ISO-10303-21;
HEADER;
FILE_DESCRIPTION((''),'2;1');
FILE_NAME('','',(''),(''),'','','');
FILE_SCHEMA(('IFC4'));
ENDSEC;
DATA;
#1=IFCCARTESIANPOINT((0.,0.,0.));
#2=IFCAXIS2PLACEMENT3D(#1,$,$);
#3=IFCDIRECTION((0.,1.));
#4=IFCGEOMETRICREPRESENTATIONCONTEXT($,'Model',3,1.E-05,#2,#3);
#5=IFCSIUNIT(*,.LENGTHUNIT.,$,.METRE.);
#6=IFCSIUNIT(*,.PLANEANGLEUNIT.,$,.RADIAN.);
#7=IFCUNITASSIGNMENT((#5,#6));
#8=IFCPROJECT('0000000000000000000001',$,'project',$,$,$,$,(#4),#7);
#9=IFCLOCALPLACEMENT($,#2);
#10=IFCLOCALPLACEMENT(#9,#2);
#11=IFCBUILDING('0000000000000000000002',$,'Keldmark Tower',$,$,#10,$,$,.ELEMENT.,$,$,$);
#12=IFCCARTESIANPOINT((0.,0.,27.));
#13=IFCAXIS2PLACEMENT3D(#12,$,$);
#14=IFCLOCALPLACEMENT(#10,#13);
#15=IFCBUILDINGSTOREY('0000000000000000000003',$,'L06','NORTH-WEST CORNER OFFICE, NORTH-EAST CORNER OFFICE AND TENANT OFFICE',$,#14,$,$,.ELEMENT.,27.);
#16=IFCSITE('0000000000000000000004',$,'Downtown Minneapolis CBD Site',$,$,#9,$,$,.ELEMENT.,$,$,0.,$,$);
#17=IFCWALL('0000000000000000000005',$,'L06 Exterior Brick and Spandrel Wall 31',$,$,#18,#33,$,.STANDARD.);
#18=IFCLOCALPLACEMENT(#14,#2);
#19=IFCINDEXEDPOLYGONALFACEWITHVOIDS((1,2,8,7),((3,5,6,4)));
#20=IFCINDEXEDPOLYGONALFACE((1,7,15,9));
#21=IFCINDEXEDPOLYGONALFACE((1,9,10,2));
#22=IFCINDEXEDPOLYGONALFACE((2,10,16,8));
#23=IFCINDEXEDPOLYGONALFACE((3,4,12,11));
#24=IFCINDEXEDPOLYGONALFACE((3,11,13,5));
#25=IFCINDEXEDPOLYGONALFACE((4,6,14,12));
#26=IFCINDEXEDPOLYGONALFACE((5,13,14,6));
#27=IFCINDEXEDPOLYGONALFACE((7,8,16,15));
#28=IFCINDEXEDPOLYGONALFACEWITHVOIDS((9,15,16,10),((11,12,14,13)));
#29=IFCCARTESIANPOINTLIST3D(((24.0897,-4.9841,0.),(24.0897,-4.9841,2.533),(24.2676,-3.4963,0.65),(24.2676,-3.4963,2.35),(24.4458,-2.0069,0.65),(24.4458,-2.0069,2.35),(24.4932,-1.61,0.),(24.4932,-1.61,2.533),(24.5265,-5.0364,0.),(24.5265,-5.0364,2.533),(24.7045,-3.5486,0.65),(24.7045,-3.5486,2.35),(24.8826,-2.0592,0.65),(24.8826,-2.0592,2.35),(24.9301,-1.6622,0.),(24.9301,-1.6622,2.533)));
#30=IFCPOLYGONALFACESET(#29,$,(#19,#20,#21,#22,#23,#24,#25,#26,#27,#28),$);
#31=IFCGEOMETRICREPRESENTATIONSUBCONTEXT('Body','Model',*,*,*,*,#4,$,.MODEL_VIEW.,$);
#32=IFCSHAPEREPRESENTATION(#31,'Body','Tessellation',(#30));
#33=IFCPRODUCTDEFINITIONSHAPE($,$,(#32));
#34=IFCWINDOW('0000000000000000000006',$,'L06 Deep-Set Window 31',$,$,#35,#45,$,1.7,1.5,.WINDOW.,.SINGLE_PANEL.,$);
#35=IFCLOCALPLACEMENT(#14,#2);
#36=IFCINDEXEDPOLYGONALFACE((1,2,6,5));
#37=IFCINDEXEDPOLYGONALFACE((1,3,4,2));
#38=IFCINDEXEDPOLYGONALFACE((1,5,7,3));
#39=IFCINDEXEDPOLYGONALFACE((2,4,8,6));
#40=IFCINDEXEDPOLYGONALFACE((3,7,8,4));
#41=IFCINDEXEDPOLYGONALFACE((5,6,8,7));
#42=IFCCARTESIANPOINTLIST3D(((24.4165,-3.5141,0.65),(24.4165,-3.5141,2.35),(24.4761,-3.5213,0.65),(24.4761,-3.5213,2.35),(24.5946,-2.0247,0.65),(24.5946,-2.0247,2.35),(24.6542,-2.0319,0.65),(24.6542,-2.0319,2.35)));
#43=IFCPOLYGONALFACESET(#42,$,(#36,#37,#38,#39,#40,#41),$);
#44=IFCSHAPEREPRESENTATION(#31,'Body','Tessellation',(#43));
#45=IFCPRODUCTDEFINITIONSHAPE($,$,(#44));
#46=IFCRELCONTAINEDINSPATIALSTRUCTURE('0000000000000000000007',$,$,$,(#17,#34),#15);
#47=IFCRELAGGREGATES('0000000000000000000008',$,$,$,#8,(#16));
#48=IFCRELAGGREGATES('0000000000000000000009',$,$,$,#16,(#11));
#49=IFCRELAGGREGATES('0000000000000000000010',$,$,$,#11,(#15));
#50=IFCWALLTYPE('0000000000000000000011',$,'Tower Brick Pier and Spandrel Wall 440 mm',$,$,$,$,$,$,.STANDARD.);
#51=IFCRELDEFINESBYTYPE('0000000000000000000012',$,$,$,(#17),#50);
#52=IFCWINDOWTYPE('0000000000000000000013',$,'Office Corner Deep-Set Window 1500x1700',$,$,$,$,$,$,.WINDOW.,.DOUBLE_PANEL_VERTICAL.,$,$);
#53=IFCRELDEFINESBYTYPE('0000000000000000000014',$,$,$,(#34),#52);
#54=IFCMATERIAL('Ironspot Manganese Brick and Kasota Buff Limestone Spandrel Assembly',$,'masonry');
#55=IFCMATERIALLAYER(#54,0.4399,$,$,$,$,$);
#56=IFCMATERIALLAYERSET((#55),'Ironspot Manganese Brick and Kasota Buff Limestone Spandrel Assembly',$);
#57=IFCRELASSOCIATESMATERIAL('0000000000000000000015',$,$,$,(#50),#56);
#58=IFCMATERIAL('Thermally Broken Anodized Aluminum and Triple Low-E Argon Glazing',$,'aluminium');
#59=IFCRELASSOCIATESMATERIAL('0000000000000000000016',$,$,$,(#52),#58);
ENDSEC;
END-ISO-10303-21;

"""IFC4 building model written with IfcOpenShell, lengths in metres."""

from ifc_helpers import new_model, si_unit, direction, frame, frame_2d, origin, place, context, subcontext, project, spatial, rectangle, extrude, material, layer, layer_set, type_object, element, fill, save


model = new_model("IFC4")

# Units and contexts
model_context = context("Model", 3, precision=1e-05, world=origin(), true_north=direction((0.0, 1.0)))
body_context = subcontext(model_context, "Body", "Model", "MODEL_VIEW")
ifc_project = project(units=[si_unit("LENGTHUNIT", "METRE"), si_unit("PLANEANGLEUNIT", "RADIAN")], contexts=[model_context])

# Site, building, storey
site_placement = place(None, origin())
site = spatial("IfcSite", under=ifc_project, at=site_placement, Name="Downtown Minneapolis CBD Site", CompositionType="ELEMENT", RefElevation=0.0)
building_placement = place(site_placement, origin())
building = spatial("IfcBuilding", under=site, at=building_placement, Name="Keldmark Tower", CompositionType="ELEMENT")
storey_placement = place(building_placement, frame((0.0, 0.0, 27.0)))
storey = spatial("IfcBuildingStorey", under=building, at=storey_placement, Name="L06", Description="NORTH-WEST CORNER OFFICE, NORTH-EAST CORNER OFFICE AND TENANT OFFICE", CompositionType="ELEMENT", Elevation=27.0)

# Wall, opening, window
ifc_material_1 = material(Name="Ironspot Manganese Brick and Kasota Buff Limestone Spandrel Assembly", Category="masonry")
ifc_layer_1 = layer(ifc_material_1, 0.4399)
ifc_layer_set_1 = layer_set([ifc_layer_1], Name="Ironspot Manganese Brick and Kasota Buff Limestone Spandrel Assembly")
wall_type_1 = type_object("IfcWallType", Name="Tower Brick Pier and Spandrel Wall 440 mm", PredefinedType="STANDARD", material=ifc_layer_set_1)
wall_1_placement = place(storey_placement, frame((24.7117, -1.636, 0.0), z_axis=(0.0, 0.0, 1.0), x_axis=(-0.118754, -0.992924, 0.0)))
wall_1 = element("IfcWall", 1, at=wall_1_placement, inside=storey, type_object=wall_type_1, Name="L06 Exterior Brick and Spandrel Wall 31", PredefinedType="STANDARD", context=body_context, shape_type="SweptSolid", body=[
    extrude(rectangle(XDim=3.3982, YDim=0.4399, at=frame_2d((1.6992, 0.0))), origin(), (0.0, 0.0, 1.0), 2.533),
])
opening_1_placement = place(wall_1_placement, frame((0.3999, 0.0, 0.6499)))
opening_1 = element("IfcOpeningElement", 2, at=opening_1_placement, cuts=wall_1, PredefinedType="OPENING", context=body_context, shape_type="SweptSolid", body=[
    extrude(rectangle(XDim=1.5, YDim=1.7, at=frame_2d((0.75, 0.8501))), frame((0.0, 0.23, 0.0), z_axis=(0.0, -1.0, 0.0), x_axis=(1.0, 0.0, 0.0)), (0.0, 0.0, 1.0), 0.46),
])
ifc_material_2 = material(Name="Thermally Broken Anodized Aluminum and Triple Low-E Argon Glazing", Category="aluminium")
window_type_1 = type_object("IfcWindowType", Name="Office Corner Deep-Set Window 1500x1700", PartitioningType="DOUBLE_PANEL_VERTICAL", PredefinedType="WINDOW", material=ifc_material_2)
window_1_placement = place(opening_1_placement, origin())
window_1 = element("IfcWindow", 3, at=window_1_placement, inside=storey, type_object=window_type_1, Name="L06 Deep-Set Window 31", OverallHeight=1.7, OverallWidth=1.5, PartitioningType="SINGLE_PANEL", PredefinedType="WINDOW", context=body_context, shape_type="SweptSolid", body=[
    extrude(rectangle(XDim=1.5, YDim=1.7, at=frame_2d((0.75, 0.8501))), frame((0.0, -0.01, 0.0), z_axis=(0.0, -1.0, 0.0), x_axis=(1.0, 0.0, 0.0)), (0.0, 0.0, 1.0), 0.0601),
])
fill(opening_1, window_1)

save(model, "model.ifc")
